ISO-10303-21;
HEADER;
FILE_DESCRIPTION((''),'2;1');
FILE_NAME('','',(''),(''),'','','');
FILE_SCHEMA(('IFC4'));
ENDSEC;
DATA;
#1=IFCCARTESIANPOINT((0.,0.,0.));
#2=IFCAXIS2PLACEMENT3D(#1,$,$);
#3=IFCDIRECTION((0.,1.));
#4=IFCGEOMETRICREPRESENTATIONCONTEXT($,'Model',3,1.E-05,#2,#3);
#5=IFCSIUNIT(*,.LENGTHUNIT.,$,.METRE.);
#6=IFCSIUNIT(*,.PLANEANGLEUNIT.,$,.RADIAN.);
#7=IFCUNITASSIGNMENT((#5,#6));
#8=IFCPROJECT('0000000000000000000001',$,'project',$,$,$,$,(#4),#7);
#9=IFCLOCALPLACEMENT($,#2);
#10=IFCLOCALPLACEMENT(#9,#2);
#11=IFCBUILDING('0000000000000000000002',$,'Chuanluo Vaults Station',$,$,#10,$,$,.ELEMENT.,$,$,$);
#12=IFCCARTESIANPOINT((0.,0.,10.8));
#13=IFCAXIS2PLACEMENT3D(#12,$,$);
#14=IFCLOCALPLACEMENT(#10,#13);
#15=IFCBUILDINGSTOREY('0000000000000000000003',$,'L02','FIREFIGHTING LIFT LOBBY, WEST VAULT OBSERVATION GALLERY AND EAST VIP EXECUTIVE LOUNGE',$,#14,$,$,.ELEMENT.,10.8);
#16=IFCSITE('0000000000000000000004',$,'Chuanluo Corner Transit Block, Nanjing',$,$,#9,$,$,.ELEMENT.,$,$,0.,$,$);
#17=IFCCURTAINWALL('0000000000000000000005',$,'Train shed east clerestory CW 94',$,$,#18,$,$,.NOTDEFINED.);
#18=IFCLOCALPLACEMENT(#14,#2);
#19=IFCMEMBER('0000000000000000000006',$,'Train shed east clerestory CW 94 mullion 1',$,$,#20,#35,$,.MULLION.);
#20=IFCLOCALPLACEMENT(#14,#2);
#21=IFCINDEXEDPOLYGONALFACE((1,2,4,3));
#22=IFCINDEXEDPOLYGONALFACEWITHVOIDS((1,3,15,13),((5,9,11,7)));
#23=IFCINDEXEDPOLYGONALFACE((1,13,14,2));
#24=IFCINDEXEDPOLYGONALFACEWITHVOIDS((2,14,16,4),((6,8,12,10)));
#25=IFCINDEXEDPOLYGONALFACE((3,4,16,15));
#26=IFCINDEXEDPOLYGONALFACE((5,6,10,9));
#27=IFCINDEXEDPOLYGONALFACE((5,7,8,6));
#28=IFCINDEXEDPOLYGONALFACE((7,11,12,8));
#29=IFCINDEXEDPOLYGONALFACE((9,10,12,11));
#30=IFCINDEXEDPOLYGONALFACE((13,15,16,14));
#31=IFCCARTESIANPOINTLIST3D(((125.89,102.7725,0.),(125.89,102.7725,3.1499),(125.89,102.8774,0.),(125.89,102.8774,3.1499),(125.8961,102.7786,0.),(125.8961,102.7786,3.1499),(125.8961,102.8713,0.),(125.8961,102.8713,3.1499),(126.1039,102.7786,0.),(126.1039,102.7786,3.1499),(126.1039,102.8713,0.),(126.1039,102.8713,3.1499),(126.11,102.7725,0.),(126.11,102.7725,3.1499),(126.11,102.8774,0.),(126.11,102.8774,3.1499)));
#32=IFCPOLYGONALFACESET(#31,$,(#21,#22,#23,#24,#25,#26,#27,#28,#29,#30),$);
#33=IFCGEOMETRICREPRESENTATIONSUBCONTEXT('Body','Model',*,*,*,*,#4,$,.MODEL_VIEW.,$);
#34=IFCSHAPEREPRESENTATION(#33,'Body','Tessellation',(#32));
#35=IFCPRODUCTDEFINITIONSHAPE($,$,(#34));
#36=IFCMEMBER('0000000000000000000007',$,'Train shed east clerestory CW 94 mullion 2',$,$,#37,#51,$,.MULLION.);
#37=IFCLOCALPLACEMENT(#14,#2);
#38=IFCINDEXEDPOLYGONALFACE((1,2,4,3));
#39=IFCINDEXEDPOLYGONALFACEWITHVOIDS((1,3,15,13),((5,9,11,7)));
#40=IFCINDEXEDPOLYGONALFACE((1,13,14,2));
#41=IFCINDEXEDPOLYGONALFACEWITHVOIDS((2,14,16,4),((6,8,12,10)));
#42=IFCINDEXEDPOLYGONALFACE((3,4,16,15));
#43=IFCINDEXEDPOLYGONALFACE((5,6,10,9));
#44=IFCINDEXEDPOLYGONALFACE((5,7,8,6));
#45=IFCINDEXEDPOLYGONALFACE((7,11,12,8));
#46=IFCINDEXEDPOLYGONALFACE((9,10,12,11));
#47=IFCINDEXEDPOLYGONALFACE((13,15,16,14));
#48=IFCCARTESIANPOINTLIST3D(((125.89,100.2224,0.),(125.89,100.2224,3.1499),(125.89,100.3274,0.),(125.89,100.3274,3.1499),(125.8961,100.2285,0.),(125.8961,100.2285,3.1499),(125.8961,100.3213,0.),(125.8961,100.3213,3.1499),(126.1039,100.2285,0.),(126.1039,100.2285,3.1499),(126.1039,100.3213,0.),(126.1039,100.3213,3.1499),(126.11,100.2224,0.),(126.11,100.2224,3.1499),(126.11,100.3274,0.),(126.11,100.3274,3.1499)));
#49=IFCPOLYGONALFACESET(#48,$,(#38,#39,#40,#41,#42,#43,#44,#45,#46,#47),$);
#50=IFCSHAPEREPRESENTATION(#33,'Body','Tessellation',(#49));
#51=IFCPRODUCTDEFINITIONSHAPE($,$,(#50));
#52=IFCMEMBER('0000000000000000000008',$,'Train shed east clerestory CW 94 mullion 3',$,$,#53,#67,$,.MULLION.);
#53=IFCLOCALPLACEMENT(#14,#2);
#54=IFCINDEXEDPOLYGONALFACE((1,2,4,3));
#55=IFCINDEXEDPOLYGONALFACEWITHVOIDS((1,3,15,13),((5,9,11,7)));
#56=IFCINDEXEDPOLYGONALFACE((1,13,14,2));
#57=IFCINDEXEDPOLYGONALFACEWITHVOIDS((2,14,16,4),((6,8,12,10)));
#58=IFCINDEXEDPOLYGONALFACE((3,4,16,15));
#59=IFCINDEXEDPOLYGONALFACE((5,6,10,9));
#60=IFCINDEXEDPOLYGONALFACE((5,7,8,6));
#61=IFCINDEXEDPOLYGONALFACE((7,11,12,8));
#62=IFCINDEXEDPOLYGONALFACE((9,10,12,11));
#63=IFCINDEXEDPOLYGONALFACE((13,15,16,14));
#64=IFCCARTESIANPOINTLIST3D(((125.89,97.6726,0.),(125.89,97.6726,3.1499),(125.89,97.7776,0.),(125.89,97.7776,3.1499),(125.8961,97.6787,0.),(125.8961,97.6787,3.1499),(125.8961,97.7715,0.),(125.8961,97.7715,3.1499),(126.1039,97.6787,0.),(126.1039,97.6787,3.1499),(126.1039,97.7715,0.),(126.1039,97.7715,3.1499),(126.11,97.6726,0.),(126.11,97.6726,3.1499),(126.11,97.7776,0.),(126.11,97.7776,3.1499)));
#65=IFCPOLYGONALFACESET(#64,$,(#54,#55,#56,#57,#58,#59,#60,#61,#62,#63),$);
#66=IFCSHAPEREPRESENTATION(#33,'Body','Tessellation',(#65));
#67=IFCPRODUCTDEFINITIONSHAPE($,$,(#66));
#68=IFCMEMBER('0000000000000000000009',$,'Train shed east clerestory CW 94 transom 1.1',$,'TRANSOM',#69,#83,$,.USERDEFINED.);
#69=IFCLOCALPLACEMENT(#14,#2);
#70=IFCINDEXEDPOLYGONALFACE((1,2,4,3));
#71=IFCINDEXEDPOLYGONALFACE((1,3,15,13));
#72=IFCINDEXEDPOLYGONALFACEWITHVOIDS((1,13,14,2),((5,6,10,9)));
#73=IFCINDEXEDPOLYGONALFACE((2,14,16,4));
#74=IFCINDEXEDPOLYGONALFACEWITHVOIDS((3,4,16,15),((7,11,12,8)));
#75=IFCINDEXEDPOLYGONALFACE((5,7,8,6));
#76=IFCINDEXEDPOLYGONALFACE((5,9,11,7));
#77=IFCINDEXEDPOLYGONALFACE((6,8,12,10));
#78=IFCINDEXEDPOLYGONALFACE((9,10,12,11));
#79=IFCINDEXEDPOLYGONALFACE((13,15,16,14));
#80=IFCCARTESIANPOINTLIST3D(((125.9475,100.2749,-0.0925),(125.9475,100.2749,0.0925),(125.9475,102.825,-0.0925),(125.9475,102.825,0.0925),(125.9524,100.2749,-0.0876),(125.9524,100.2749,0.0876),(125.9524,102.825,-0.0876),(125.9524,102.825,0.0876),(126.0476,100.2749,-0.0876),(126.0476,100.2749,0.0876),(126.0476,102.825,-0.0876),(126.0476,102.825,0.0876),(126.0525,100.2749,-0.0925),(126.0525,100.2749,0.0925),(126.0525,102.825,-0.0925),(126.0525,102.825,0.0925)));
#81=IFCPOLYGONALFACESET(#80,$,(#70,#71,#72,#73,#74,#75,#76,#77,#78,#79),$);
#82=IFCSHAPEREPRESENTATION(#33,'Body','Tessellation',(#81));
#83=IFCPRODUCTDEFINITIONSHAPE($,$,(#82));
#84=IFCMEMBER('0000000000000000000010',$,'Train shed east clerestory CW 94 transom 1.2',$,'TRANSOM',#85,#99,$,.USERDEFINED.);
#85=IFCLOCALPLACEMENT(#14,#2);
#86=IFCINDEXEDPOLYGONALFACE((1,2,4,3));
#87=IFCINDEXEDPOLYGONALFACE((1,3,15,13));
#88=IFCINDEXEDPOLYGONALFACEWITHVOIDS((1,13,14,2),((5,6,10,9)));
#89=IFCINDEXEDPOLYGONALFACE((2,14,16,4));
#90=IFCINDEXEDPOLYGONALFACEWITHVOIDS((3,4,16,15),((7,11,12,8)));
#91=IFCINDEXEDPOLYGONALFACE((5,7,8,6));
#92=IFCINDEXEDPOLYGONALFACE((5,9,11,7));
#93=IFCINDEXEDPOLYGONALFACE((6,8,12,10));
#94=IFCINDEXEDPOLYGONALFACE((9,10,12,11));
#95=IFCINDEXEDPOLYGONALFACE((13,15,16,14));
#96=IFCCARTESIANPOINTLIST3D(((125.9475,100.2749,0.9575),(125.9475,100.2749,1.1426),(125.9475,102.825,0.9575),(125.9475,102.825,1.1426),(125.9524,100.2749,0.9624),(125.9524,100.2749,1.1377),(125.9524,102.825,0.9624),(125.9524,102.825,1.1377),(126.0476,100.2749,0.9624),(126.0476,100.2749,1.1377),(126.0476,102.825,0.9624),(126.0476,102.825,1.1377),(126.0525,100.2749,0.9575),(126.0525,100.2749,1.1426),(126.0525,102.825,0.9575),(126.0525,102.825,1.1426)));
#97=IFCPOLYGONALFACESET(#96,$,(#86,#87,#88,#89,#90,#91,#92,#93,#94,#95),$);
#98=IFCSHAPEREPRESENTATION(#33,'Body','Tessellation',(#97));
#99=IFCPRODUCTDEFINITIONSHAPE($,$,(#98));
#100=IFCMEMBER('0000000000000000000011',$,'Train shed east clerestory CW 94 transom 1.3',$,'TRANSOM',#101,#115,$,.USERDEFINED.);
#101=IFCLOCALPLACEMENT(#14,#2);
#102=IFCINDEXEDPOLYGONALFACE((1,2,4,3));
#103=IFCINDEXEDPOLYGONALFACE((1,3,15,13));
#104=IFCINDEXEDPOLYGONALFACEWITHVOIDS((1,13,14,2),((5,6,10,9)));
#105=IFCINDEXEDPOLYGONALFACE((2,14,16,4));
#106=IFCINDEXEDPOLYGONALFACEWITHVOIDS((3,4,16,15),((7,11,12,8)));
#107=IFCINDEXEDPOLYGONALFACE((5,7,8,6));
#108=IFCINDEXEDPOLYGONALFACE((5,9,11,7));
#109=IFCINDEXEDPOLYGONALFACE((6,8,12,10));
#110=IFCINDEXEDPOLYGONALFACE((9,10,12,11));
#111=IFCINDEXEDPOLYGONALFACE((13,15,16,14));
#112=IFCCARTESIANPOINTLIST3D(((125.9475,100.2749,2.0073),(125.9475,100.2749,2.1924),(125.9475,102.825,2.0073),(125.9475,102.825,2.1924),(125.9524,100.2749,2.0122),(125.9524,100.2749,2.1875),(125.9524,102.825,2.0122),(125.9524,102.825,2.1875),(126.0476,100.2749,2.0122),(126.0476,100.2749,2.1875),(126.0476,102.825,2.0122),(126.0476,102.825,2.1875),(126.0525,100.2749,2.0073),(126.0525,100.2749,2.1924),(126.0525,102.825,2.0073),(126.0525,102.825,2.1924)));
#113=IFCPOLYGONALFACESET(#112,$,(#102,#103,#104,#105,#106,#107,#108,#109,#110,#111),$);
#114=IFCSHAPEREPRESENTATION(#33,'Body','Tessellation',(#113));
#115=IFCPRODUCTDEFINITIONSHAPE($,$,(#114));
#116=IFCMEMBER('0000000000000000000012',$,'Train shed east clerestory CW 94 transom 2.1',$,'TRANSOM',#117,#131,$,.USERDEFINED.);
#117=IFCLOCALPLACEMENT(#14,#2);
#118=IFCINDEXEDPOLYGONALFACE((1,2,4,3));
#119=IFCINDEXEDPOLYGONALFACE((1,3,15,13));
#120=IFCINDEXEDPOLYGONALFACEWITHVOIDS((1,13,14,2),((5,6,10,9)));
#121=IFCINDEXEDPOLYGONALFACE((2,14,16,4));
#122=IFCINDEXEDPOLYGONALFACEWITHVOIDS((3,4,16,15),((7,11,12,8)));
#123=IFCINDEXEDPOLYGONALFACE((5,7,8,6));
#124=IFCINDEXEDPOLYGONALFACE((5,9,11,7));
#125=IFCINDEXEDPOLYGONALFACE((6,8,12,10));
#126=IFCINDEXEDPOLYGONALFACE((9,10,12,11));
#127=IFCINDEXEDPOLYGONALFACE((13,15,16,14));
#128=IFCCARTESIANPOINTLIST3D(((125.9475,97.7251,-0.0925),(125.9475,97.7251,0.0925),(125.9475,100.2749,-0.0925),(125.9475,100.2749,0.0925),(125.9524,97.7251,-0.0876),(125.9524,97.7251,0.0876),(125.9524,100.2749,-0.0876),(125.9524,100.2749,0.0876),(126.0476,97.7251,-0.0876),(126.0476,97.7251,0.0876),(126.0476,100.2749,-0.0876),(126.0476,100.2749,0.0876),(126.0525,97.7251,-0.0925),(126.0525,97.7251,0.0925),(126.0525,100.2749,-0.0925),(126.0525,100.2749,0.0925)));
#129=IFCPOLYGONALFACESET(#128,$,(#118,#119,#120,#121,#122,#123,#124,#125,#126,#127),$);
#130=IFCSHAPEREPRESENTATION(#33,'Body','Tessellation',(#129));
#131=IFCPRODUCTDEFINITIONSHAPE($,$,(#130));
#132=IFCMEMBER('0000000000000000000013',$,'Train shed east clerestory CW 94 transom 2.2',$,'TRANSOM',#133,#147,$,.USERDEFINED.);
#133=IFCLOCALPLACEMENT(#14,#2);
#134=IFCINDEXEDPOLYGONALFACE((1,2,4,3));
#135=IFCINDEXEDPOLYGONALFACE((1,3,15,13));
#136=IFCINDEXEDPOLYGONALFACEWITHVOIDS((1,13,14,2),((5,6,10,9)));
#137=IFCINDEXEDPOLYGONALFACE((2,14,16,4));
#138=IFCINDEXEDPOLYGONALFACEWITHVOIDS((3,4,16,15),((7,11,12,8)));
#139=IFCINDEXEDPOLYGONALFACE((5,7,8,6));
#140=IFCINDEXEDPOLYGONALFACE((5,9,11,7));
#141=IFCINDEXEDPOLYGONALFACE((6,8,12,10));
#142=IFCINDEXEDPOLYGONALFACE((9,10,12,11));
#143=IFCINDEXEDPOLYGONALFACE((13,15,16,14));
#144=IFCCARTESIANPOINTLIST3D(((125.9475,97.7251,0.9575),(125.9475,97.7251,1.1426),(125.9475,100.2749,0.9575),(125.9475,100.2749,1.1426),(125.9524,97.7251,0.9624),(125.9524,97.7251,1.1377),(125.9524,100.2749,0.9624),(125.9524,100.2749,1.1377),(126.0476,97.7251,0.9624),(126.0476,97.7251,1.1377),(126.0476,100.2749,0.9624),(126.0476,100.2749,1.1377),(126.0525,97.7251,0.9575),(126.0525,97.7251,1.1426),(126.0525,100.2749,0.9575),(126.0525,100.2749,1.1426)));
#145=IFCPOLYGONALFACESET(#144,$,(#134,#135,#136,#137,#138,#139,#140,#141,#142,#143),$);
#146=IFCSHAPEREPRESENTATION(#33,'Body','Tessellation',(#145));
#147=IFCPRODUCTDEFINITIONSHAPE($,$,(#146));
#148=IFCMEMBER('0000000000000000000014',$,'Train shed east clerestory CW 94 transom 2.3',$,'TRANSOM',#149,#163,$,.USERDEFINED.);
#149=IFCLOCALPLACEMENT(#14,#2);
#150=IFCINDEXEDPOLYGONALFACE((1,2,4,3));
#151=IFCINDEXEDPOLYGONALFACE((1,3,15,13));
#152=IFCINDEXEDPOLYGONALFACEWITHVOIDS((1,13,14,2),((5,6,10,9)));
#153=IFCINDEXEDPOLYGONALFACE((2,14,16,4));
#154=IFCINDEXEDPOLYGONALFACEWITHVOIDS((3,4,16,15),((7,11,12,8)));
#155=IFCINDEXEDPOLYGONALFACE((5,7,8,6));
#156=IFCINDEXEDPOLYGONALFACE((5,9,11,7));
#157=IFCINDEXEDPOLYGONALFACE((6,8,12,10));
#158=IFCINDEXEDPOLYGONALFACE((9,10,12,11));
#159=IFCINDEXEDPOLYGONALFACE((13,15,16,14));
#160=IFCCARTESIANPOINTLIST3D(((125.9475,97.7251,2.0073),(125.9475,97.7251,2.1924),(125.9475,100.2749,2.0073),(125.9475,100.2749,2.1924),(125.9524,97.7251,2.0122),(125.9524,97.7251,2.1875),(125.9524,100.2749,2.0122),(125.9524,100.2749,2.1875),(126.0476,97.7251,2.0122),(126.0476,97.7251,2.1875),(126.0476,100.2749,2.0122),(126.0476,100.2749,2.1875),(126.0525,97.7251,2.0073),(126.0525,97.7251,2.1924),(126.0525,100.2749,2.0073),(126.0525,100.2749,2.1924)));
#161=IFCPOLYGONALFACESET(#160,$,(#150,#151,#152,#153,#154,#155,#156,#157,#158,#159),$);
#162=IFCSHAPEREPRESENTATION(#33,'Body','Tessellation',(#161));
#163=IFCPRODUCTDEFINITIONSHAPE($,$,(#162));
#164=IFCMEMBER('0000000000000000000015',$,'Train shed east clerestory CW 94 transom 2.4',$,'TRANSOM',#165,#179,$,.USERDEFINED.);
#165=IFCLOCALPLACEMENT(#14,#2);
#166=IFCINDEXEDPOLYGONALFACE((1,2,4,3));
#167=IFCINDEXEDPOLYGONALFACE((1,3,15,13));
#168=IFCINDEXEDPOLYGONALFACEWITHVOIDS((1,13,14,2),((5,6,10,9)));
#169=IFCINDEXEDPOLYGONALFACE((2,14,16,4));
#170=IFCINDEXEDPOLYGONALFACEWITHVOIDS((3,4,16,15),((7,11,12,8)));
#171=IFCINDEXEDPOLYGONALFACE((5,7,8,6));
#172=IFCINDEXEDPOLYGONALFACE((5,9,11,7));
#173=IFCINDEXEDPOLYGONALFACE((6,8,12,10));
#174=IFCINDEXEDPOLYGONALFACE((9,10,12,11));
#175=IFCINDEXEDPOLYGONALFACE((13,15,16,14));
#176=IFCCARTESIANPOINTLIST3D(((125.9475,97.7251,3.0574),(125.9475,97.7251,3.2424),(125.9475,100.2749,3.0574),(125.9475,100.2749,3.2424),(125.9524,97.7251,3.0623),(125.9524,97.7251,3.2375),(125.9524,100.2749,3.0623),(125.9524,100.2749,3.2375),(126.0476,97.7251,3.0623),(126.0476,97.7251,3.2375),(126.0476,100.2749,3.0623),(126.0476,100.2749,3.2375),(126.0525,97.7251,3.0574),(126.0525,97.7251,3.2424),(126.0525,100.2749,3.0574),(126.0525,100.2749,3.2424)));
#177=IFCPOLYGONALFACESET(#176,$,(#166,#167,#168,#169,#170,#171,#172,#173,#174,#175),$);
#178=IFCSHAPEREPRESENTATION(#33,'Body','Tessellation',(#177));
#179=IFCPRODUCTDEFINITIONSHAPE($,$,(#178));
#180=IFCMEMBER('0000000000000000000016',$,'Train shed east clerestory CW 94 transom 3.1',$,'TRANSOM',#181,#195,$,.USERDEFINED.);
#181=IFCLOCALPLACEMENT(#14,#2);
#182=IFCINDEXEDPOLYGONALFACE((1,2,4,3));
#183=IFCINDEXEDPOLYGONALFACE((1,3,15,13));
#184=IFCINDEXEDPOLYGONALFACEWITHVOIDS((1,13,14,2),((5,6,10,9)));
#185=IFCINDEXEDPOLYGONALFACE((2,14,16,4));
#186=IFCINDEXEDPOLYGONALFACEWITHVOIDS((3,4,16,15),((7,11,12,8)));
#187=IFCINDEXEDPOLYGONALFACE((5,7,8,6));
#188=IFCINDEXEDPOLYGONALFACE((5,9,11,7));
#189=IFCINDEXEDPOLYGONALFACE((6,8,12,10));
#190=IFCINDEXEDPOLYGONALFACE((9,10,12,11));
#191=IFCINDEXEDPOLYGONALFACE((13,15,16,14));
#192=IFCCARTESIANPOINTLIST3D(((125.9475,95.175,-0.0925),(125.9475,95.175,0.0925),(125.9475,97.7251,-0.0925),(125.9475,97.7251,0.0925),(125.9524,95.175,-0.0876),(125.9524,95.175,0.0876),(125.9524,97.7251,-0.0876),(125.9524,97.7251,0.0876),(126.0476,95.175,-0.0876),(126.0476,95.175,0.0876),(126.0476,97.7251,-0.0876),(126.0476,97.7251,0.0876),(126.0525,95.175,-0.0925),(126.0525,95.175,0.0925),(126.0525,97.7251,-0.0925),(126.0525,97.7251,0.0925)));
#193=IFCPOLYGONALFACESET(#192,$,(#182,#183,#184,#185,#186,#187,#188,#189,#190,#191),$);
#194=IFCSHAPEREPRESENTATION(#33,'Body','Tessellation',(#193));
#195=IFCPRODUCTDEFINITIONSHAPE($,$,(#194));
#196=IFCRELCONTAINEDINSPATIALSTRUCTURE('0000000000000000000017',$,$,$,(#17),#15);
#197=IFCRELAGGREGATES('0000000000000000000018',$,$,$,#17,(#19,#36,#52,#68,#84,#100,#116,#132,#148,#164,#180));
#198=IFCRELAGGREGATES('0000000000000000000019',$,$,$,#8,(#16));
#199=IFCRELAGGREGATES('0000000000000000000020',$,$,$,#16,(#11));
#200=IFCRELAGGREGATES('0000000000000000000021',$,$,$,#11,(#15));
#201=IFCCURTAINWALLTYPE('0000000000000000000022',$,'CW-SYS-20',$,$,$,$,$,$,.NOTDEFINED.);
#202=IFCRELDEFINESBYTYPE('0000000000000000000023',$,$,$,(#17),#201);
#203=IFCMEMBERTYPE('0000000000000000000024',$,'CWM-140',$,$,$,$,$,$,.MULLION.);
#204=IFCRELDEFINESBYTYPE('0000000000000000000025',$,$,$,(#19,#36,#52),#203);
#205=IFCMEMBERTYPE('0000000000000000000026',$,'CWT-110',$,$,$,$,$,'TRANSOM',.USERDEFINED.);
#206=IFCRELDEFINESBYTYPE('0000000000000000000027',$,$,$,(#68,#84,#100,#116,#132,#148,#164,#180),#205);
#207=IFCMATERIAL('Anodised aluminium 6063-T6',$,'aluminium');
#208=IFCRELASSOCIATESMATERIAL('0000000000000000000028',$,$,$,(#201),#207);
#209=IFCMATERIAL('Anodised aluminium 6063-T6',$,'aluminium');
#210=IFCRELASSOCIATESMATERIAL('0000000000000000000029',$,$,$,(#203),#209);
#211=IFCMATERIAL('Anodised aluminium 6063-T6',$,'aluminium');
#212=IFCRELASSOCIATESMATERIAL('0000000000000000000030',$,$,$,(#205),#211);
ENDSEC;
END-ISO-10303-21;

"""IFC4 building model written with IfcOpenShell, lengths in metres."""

from ifc_helpers import new_model, si_unit, direction, frame, origin, origin_2d, place, context, subcontext, project, spatial, hollow_rectangle, extrude, material, material_profile, profile_set, type_object, element, aggregate, save


model = new_model("IFC4")

# Units and contexts
model_context = context("Model", 3, precision=1e-05, world=origin(), true_north=direction((0.0, 1.0)))
body_context = subcontext(model_context, "Body", "Model", "MODEL_VIEW")
ifc_project = project(units=[si_unit("LENGTHUNIT", "METRE"), si_unit("PLANEANGLEUNIT", "RADIAN")], contexts=[model_context])

# Site, building, storey
site_placement = place(None, origin())
site = spatial("IfcSite", under=ifc_project, at=site_placement, Name="Chuanluo Corner Transit Block, Nanjing", CompositionType="ELEMENT", RefElevation=0.0)
building_placement = place(site_placement, origin())
building = spatial("IfcBuilding", under=site, at=building_placement, Name="Chuanluo Vaults Station", CompositionType="ELEMENT")
storey_placement = place(building_placement, frame((0.0, 0.0, 10.8)))
storey = spatial("IfcBuildingStorey", under=building, at=storey_placement, Name="L02", Description="FIREFIGHTING LIFT LOBBY, WEST VAULT OBSERVATION GALLERY AND EAST VIP EXECUTIVE LOUNGE", CompositionType="ELEMENT", Elevation=10.8)

# Curtain wall, members
ifc_material_1 = material(Name="Anodised aluminium 6063-T6", Category="aluminium")
curtain_wall_type = type_object("IfcCurtainWallType", Name="CW-SYS-20", PredefinedType="NOTDEFINED", material=ifc_material_1)
curtain_wall_placement = place(storey_placement, origin())
curtain_wall = element("IfcCurtainWall", 1, at=curtain_wall_placement, inside=storey, type_object=curtain_wall_type, Name="Train shed east clerestory CW 94", PredefinedType="NOTDEFINED")
ifc_material_2 = material(Name="Anodised aluminium 6063-T6", Category="aluminium")
ifc_material_profile_1 = material_profile(ifc_material_2, hollow_rectangle(XDim=0.105, YDim=0.22, WallThickness=0.0061, at=origin_2d()))
ifc_profile_set_1 = profile_set([ifc_material_profile_1], Name="Anodised aluminium 6063-T6")
member_type_1 = type_object("IfcMemberType", Name="CWM-140", PredefinedType="MULLION", material=ifc_profile_set_1)
member_1_placement = place(storey_placement, frame((126.0, 102.825, 0.0), z_axis=(0.0, 0.0, 1.0), x_axis=(0.0, -1.0, 0.0)))
member_1 = element("IfcMember", 2, at=member_1_placement, type_object=member_type_1, Name="Train shed east clerestory CW 94 mullion 1", PredefinedType="MULLION", context=body_context, shape_type="SweptSolid", body=[
    extrude(hollow_rectangle(XDim=0.105, YDim=0.22, WallThickness=0.0061, at=origin_2d()), origin(), (0.0, 0.0, 1.0), 3.1499),
])
member_2_placement = place(storey_placement, frame((126.0, 100.2749, 0.0), z_axis=(0.0, 0.0, 1.0), x_axis=(0.0, -1.0, 0.0)))
member_2 = element("IfcMember", 3, at=member_2_placement, type_object=member_type_1, Name="Train shed east clerestory CW 94 mullion 2", PredefinedType="MULLION", context=body_context, shape_type="SweptSolid", body=[
    extrude(hollow_rectangle(XDim=0.105, YDim=0.22, WallThickness=0.0061, at=origin_2d()), origin(), (0.0, 0.0, 1.0), 3.1499),
])
member_3_placement = place(storey_placement, frame((126.0, 97.7251, 0.0), z_axis=(0.0, 0.0, 1.0), x_axis=(0.0, -1.0, 0.0)))
member_3 = element("IfcMember", 4, at=member_3_placement, type_object=member_type_1, Name="Train shed east clerestory CW 94 mullion 3", PredefinedType="MULLION", context=body_context, shape_type="SweptSolid", body=[
    extrude(hollow_rectangle(XDim=0.105, YDim=0.22, WallThickness=0.0061, at=origin_2d()), origin(), (0.0, 0.0, 1.0), 3.1499),
])
ifc_material_3 = material(Name="Anodised aluminium 6063-T6", Category="aluminium")
ifc_material_profile_2 = material_profile(ifc_material_3, hollow_rectangle(XDim=0.105, YDim=0.1851, WallThickness=0.0049, at=origin_2d()))
ifc_profile_set_2 = profile_set([ifc_material_profile_2], Name="Anodised aluminium 6063-T6")
member_type_2 = type_object("IfcMemberType", Name="CWT-110", ElementType="TRANSOM", PredefinedType="USERDEFINED", material=ifc_profile_set_2)
member_4_placement = place(storey_placement, frame((126.0, 102.825, 0.0), z_axis=(0.0, -1.0, 0.0), x_axis=(1.0, 0.0, 0.0)))
member_4 = element("IfcMember", 5, at=member_4_placement, type_object=member_type_2, Name="Train shed east clerestory CW 94 transom 1.1", ObjectType="TRANSOM", PredefinedType="USERDEFINED", context=body_context, shape_type="SweptSolid", body=[
    extrude(hollow_rectangle(XDim=0.105, YDim=0.1851, WallThickness=0.0049, at=origin_2d()), origin(), (0.0, 0.0, 1.0), 2.55),
])
member_5_placement = place(storey_placement, frame((126.0, 102.825, 1.05), z_axis=(0.0, -1.0, 0.0), x_axis=(1.0, 0.0, 0.0)))
member_5 = element("IfcMember", 6, at=member_5_placement, type_object=member_type_2, Name="Train shed east clerestory CW 94 transom 1.2", ObjectType="TRANSOM", PredefinedType="USERDEFINED", context=body_context, shape_type="SweptSolid", body=[
    extrude(hollow_rectangle(XDim=0.105, YDim=0.1851, WallThickness=0.0049, at=origin_2d()), origin(), (0.0, 0.0, 1.0), 2.55),
])
member_6_placement = place(storey_placement, frame((126.0, 102.825, 2.0999), z_axis=(0.0, -1.0, 0.0), x_axis=(1.0, 0.0, 0.0)))
member_6 = element("IfcMember", 7, at=member_6_placement, type_object=member_type_2, Name="Train shed east clerestory CW 94 transom 1.3", ObjectType="TRANSOM", PredefinedType="USERDEFINED", context=body_context, shape_type="SweptSolid", body=[
    extrude(hollow_rectangle(XDim=0.105, YDim=0.1851, WallThickness=0.0049, at=origin_2d()), origin(), (0.0, 0.0, 1.0), 2.55),
])
member_7_placement = place(storey_placement, frame((126.0, 100.2749, 0.0), z_axis=(0.0, -1.0, 0.0), x_axis=(1.0, 0.0, 0.0)))
member_7 = element("IfcMember", 8, at=member_7_placement, type_object=member_type_2, Name="Train shed east clerestory CW 94 transom 2.1", ObjectType="TRANSOM", PredefinedType="USERDEFINED", context=body_context, shape_type="SweptSolid", body=[
    extrude(hollow_rectangle(XDim=0.105, YDim=0.1851, WallThickness=0.0049, at=origin_2d()), origin(), (0.0, 0.0, 1.0), 2.5498),
])
member_8_placement = place(storey_placement, frame((126.0, 100.2749, 1.05), z_axis=(0.0, -1.0, 0.0), x_axis=(1.0, 0.0, 0.0)))
member_8 = element("IfcMember", 9, at=member_8_placement, type_object=member_type_2, Name="Train shed east clerestory CW 94 transom 2.2", ObjectType="TRANSOM", PredefinedType="USERDEFINED", context=body_context, shape_type="SweptSolid", body=[
    extrude(hollow_rectangle(XDim=0.105, YDim=0.1851, WallThickness=0.0049, at=origin_2d()), origin(), (0.0, 0.0, 1.0), 2.5498),
])
member_9_placement = place(storey_placement, frame((126.0, 100.2749, 2.0999), z_axis=(0.0, -1.0, 0.0), x_axis=(1.0, 0.0, 0.0)))
member_9 = element("IfcMember", 10, at=member_9_placement, type_object=member_type_2, Name="Train shed east clerestory CW 94 transom 2.3", ObjectType="TRANSOM", PredefinedType="USERDEFINED", context=body_context, shape_type="SweptSolid", body=[
    extrude(hollow_rectangle(XDim=0.105, YDim=0.1851, WallThickness=0.0049, at=origin_2d()), origin(), (0.0, 0.0, 1.0), 2.5498),
])
member_10_placement = place(storey_placement, frame((126.0, 100.2749, 3.1499), z_axis=(0.0, -1.0, 0.0), x_axis=(1.0, 0.0, 0.0)))
member_10 = element("IfcMember", 11, at=member_10_placement, type_object=member_type_2, Name="Train shed east clerestory CW 94 transom 2.4", ObjectType="TRANSOM", PredefinedType="USERDEFINED", context=body_context, shape_type="SweptSolid", body=[
    extrude(hollow_rectangle(XDim=0.105, YDim=0.1851, WallThickness=0.0049, at=origin_2d()), origin(), (0.0, 0.0, 1.0), 2.5498),
])
member_11_placement = place(storey_placement, frame((126.0, 97.7251, 0.0), z_axis=(0.0, -1.0, 0.0), x_axis=(1.0, 0.0, 0.0)))
member_11 = element("IfcMember", 12, at=member_11_placement, type_object=member_type_2, Name="Train shed east clerestory CW 94 transom 3.1", ObjectType="TRANSOM", PredefinedType="USERDEFINED", context=body_context, shape_type="SweptSolid", body=[
    extrude(hollow_rectangle(XDim=0.105, YDim=0.1851, WallThickness=0.0049, at=origin_2d()), origin(), (0.0, 0.0, 1.0), 2.55),
])
aggregate(curtain_wall, [member_1, member_2, member_3, member_4, member_5, member_6, member_7, member_8, member_9, member_10, member_11])

save(model, "model.ifc")
